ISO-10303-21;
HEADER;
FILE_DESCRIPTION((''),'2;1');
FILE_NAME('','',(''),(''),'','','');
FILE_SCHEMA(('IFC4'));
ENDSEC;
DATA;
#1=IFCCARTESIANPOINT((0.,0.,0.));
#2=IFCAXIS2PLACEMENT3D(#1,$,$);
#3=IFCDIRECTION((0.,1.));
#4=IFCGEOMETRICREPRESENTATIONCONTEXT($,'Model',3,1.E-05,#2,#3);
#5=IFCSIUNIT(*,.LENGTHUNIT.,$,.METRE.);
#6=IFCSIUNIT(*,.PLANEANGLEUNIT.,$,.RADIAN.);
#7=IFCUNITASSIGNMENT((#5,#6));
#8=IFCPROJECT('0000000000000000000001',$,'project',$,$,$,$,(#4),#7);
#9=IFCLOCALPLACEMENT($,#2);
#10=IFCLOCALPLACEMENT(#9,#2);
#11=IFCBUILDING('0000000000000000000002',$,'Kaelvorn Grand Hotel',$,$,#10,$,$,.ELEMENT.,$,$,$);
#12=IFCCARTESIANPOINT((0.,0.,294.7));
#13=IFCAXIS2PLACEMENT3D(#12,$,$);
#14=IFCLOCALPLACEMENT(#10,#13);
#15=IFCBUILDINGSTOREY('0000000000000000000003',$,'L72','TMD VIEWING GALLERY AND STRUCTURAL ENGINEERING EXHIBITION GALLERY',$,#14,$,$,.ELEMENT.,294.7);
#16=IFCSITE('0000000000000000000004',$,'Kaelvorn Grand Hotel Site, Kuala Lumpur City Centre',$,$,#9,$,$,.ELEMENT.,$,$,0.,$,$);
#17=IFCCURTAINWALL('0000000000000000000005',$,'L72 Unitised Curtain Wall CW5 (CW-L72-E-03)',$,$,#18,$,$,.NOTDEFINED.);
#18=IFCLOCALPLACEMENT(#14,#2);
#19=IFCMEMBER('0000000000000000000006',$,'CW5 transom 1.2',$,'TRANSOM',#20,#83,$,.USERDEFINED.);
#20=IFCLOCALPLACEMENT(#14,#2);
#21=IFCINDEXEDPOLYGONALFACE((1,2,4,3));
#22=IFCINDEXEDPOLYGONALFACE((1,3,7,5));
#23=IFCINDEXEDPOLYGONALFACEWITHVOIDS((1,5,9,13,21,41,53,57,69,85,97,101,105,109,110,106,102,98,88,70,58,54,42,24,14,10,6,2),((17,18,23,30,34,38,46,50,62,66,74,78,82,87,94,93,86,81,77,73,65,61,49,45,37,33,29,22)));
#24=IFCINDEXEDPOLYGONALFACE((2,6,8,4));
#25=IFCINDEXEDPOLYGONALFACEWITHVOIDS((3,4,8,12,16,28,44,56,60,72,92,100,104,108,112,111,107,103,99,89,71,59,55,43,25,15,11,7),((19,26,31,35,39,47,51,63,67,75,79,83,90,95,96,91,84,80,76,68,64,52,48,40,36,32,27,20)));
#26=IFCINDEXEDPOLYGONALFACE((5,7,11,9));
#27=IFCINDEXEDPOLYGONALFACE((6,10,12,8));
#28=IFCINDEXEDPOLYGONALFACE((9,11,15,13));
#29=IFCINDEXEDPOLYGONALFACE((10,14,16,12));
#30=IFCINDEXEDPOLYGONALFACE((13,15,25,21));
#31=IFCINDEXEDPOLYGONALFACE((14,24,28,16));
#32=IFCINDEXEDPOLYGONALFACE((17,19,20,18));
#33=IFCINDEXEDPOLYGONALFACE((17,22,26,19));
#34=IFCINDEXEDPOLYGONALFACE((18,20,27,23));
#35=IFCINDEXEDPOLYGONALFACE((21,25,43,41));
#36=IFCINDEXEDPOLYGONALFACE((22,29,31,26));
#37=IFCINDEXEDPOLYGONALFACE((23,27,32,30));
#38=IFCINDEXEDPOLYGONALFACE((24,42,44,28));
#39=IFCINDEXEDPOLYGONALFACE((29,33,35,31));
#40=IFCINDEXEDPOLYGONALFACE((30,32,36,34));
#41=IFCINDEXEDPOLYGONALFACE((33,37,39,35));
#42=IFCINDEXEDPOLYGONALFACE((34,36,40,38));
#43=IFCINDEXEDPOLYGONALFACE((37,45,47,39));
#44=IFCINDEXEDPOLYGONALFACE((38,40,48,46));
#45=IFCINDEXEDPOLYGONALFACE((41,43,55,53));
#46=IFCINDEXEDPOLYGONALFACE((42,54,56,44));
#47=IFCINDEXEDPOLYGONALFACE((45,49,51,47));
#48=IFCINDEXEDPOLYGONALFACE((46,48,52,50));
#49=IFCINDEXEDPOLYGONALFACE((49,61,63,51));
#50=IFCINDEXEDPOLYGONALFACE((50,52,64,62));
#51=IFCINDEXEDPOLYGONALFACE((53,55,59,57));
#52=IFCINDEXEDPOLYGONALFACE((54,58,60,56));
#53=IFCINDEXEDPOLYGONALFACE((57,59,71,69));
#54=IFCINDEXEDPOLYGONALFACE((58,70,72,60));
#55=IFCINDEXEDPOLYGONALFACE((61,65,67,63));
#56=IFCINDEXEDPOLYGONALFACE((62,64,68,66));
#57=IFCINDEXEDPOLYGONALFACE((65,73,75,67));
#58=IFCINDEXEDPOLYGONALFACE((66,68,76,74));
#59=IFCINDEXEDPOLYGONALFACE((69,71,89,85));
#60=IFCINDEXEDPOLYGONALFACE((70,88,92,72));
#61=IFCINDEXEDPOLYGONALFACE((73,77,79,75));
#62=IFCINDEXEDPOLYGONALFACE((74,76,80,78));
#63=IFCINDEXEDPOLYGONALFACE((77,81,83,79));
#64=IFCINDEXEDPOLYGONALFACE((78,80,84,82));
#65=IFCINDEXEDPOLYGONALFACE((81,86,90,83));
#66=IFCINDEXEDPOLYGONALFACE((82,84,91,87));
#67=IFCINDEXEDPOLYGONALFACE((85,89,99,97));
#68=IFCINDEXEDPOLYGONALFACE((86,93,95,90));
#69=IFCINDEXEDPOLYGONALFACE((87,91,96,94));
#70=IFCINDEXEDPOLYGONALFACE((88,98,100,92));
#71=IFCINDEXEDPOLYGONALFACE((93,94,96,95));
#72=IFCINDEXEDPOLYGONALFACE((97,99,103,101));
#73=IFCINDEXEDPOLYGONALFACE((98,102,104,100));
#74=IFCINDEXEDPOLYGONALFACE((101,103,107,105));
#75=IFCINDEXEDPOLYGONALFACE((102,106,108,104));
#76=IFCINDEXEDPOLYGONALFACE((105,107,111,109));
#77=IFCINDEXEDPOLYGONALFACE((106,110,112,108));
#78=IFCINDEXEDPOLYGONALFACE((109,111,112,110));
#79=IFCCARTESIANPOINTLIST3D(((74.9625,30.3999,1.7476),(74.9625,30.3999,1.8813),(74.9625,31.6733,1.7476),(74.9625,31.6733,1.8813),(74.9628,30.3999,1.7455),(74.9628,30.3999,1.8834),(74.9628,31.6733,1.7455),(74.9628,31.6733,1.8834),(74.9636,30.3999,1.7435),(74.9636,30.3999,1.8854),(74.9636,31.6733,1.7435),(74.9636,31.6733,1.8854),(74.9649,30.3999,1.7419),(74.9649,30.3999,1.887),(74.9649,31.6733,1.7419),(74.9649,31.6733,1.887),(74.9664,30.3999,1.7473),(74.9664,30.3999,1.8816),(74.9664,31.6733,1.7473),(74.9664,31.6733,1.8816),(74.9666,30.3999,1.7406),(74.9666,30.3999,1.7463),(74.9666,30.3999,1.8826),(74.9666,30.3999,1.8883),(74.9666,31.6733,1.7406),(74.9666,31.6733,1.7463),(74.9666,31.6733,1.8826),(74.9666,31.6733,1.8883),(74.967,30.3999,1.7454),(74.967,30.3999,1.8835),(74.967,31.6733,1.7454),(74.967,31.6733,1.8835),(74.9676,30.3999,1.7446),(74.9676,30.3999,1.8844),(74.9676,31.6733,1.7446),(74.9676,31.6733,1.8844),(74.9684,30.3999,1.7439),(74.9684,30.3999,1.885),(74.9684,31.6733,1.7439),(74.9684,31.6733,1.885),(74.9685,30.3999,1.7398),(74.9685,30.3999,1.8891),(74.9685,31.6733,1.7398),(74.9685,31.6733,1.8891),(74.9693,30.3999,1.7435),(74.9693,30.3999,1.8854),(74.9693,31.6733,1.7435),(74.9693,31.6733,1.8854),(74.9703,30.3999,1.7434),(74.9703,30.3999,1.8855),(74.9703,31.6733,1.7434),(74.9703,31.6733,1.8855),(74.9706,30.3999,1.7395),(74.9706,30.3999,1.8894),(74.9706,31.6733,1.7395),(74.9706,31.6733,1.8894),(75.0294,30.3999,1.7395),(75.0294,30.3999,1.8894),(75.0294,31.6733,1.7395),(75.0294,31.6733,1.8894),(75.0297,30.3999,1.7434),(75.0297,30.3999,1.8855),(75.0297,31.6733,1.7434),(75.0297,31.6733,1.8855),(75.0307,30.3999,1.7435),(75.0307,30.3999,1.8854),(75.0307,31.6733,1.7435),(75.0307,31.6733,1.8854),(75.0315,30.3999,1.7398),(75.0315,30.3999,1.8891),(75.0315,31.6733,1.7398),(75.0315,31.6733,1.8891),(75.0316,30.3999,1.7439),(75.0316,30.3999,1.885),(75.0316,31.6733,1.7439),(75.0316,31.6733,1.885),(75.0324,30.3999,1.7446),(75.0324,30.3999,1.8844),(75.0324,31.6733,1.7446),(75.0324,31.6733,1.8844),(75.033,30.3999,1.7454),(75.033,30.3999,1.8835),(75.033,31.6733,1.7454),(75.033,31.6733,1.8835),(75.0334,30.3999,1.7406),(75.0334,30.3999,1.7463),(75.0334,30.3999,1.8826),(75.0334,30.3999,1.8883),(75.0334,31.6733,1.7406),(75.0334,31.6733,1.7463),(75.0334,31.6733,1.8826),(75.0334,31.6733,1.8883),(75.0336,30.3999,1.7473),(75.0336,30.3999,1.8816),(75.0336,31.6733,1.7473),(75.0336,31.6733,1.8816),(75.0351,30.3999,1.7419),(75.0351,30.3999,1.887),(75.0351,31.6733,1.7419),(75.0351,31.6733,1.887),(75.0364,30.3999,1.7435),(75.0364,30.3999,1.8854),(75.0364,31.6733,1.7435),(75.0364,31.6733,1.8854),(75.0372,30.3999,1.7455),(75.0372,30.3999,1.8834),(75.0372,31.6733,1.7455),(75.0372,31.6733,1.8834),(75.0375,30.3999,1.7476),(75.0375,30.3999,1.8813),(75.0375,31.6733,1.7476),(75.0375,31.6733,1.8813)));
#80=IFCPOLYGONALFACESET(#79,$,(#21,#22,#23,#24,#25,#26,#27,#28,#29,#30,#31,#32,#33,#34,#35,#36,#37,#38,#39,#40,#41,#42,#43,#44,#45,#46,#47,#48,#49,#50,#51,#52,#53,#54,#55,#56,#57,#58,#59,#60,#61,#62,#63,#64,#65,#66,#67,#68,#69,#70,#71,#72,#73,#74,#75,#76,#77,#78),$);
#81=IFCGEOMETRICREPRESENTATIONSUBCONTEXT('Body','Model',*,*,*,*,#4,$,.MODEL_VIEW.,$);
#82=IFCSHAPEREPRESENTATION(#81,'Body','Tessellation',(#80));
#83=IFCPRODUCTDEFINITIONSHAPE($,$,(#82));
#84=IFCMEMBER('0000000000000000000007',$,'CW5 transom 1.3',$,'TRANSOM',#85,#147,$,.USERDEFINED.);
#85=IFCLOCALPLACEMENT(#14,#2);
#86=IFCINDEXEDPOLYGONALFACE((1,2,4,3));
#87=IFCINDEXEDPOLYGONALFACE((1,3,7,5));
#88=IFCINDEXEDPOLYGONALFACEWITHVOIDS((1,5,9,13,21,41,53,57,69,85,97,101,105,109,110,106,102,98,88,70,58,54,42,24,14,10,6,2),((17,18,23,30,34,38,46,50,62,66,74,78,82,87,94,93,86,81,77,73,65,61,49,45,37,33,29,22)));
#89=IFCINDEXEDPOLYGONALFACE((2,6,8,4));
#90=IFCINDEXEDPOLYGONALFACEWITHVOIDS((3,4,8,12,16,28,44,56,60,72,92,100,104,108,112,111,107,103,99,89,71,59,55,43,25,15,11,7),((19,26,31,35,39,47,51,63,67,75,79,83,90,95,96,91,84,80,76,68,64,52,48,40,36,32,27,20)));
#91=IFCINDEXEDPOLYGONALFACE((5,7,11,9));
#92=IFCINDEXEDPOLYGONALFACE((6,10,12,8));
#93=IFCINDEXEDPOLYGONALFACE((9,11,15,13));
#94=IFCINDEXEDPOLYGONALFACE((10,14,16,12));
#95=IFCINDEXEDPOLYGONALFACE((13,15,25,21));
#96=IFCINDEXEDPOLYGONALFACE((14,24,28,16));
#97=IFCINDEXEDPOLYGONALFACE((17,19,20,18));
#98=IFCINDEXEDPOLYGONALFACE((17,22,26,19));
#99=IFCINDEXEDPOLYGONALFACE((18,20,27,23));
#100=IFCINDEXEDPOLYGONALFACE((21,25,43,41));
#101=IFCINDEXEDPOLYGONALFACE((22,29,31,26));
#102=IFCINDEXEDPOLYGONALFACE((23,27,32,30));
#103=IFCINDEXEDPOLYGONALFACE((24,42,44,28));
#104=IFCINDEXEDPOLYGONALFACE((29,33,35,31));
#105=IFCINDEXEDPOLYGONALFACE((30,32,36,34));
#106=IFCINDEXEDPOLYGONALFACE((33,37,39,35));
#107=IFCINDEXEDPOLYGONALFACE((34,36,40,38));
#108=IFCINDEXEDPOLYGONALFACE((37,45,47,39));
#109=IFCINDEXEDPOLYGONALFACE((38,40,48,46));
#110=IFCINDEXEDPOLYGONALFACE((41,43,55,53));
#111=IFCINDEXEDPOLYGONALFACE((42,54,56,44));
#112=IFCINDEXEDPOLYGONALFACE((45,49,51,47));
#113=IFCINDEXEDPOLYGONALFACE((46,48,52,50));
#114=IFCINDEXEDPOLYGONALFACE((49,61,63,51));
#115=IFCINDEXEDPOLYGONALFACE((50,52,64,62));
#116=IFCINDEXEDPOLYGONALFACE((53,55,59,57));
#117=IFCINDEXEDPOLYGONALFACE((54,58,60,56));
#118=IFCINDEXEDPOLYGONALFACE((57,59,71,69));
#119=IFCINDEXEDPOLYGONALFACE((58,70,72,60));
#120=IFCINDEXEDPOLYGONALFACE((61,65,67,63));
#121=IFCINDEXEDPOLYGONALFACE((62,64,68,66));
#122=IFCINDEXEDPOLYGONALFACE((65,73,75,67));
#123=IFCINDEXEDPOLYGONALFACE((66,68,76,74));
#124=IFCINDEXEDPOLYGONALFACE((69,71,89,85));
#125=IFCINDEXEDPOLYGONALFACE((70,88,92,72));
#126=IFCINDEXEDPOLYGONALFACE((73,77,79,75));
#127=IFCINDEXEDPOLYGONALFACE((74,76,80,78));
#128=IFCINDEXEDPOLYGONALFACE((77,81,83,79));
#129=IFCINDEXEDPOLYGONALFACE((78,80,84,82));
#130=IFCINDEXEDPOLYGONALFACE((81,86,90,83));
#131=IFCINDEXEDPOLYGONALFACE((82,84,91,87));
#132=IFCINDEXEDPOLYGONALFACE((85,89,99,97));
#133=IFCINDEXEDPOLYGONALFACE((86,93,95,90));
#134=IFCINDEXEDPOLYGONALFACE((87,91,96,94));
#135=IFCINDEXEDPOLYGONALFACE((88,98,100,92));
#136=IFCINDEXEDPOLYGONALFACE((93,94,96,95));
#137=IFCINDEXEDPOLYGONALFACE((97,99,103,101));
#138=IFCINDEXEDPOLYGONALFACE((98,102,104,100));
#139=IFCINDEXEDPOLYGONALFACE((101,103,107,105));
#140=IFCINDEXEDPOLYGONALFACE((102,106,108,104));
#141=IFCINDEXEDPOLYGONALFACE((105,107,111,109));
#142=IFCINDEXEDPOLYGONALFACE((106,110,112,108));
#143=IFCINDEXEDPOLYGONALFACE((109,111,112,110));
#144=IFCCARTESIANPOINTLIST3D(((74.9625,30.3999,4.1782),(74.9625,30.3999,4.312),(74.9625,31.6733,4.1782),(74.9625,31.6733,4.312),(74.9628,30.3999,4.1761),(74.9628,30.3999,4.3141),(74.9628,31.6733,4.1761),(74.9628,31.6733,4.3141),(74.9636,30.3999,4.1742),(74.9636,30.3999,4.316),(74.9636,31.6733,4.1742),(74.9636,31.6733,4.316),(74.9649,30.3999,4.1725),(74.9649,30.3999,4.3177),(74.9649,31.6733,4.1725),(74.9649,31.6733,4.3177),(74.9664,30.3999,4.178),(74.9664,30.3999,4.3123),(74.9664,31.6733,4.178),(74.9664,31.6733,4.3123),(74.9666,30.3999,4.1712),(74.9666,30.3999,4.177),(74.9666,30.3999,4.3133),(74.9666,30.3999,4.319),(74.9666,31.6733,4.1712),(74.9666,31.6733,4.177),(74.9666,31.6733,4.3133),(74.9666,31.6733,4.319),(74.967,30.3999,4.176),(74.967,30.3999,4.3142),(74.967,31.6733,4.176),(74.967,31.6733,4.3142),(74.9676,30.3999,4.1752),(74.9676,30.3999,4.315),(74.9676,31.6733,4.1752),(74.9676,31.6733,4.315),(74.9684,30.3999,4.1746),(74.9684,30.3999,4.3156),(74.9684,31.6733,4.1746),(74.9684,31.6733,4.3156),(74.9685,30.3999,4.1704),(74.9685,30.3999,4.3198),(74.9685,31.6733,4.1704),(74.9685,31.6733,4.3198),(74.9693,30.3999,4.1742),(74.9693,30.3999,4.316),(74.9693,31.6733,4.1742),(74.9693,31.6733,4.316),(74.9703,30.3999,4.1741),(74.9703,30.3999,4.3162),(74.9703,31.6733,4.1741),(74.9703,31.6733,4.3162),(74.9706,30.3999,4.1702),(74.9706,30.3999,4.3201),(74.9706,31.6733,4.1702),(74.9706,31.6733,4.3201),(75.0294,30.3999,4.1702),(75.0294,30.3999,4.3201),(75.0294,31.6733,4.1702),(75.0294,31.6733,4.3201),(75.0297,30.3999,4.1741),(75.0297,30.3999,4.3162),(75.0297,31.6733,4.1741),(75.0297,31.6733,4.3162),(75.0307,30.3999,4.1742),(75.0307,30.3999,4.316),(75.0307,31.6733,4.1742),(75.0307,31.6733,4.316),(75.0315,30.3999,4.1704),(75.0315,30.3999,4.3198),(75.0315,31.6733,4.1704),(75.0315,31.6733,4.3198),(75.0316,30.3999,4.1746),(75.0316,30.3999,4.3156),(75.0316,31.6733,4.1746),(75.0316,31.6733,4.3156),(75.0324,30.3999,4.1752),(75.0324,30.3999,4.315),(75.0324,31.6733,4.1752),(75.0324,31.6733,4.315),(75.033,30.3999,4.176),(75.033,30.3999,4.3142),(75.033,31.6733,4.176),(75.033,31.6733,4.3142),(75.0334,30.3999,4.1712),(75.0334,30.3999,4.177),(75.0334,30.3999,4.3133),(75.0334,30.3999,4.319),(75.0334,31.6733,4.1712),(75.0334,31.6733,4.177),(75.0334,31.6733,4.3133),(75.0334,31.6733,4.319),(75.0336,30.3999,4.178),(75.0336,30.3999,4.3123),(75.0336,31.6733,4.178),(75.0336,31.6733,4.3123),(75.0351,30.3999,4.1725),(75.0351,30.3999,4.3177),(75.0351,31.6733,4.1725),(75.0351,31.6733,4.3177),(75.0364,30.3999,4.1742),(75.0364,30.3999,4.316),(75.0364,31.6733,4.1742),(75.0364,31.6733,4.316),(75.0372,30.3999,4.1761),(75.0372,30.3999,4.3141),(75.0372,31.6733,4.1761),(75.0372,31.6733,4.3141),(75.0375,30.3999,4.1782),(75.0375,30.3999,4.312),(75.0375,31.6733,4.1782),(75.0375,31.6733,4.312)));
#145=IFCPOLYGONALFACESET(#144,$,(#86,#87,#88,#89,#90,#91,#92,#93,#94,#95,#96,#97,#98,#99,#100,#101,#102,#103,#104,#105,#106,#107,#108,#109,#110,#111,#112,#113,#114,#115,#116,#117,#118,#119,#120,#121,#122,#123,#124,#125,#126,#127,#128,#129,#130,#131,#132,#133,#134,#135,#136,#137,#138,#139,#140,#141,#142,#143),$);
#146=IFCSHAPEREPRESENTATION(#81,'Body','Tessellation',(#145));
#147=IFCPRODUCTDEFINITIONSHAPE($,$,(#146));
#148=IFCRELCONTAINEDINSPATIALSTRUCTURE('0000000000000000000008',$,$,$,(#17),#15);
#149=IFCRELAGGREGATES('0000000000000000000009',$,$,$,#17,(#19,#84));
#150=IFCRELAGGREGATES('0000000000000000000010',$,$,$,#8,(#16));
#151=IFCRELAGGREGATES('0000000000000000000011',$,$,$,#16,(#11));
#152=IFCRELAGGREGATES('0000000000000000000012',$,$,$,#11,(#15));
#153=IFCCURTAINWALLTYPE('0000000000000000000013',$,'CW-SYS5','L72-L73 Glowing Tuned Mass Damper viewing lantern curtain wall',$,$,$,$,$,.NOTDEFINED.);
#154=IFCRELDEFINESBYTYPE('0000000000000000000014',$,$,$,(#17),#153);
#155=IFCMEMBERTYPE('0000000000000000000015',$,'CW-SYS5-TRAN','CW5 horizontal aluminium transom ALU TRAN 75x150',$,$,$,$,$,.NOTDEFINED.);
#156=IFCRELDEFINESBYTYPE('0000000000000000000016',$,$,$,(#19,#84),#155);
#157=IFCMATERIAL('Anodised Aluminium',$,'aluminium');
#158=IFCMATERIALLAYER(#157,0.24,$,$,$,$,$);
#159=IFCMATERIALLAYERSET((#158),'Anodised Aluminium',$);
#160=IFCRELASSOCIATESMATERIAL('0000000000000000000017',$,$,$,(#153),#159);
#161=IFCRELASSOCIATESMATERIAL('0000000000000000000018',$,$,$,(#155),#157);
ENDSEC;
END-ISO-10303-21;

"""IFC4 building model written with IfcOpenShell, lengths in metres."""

from ifc_helpers import new_model, si_unit, direction, frame, origin, origin_2d, place, context, subcontext, project, spatial, hollow_rectangle, extrude, material, layer, layer_set, material_profile, profile_set, type_object, element, aggregate, save


model = new_model("IFC4")

# Units and contexts
model_context = context("Model", 3, precision=1e-05, world=origin(), true_north=direction((0.0, 1.0)))
body_context = subcontext(model_context, "Body", "Model", "MODEL_VIEW")
ifc_project = project(units=[si_unit("LENGTHUNIT", "METRE"), si_unit("PLANEANGLEUNIT", "RADIAN")], contexts=[model_context])

# Site, building, storey
site_placement = place(None, origin())
site = spatial("IfcSite", under=ifc_project, at=site_placement, Name="Kaelvorn Grand Hotel Site, Kuala Lumpur City Centre", CompositionType="ELEMENT", RefElevation=0.0)
building_placement = place(site_placement, origin())
building = spatial("IfcBuilding", under=site, at=building_placement, Name="Kaelvorn Grand Hotel", CompositionType="ELEMENT")
storey_placement = place(building_placement, frame((0.0, 0.0, 294.7)))
storey = spatial("IfcBuildingStorey", under=building, at=storey_placement, Name="L72", Description="TMD VIEWING GALLERY AND STRUCTURAL ENGINEERING EXHIBITION GALLERY", CompositionType="ELEMENT", Elevation=294.7)

# Shared definitions
ifc_material_1 = material(Name="Anodised Aluminium", Category="aluminium")
ifc_layer_1 = layer(ifc_material_1, 0.24)
ifc_layer_set_1 = layer_set([ifc_layer_1], Name="Anodised Aluminium")
curtain_wall_type = type_object("IfcCurtainWallType", Name="CW-SYS5", Description="L72-L73 Glowing Tuned Mass Damper viewing lantern curtain wall", PredefinedType="NOTDEFINED", material=ifc_layer_set_1)

# Curtain wall, members
curtain_wall_1_placement = place(storey_placement, origin())
curtain_wall_1 = element("IfcCurtainWall", 1, at=curtain_wall_1_placement, inside=storey, type_object=curtain_wall_type, Name="L72 Unitised Curtain Wall CW5 (CW-L72-E-03)", PredefinedType="NOTDEFINED")
ifc_material_profile_1 = material_profile(ifc_material_1, hollow_rectangle(XDim=0.075, YDim=0.1499, WallThickness=0.0039, InnerFilletRadius=0.0039, OuterFilletRadius=0.0081, at=origin_2d()), Name="ALU TRAN 75x150")
ifc_profile_set_1 = profile_set([ifc_material_profile_1], Name="Anodised Aluminium")
member_type_1 = type_object("IfcMemberType", Name="CW-SYS5-TRAN", Description="CW5 horizontal aluminium transom ALU TRAN 75x150", PredefinedType="NOTDEFINED", material=ifc_profile_set_1)
member_1_placement = place(storey_placement, frame((75.0, 30.3999, 1.8145), z_axis=(0.0, 1.0, 0.0), x_axis=(-1.0, 0.0, 0.0)))
member_1 = element("IfcMember", 2, at=member_1_placement, type_object=member_type_1, Name="CW5 transom 1.2", ObjectType="TRANSOM", PredefinedType="USERDEFINED", context=body_context, shape_type="SweptSolid", body=[
    extrude(hollow_rectangle(XDim=0.075, YDim=0.1499, WallThickness=0.0039, InnerFilletRadius=0.0039, OuterFilletRadius=0.0081, at=origin_2d()), origin(), (0.0, 0.0, 1.0), 1.2734),
])
member_2_placement = place(storey_placement, frame((75.0, 30.3999, 4.2451), z_axis=(0.0, 1.0, 0.0), x_axis=(-1.0, 0.0, 0.0)))
member_2 = element("IfcMember", 3, at=member_2_placement, type_object=member_type_1, Name="CW5 transom 1.3", ObjectType="TRANSOM", PredefinedType="USERDEFINED", context=body_context, shape_type="SweptSolid", body=[
    extrude(hollow_rectangle(XDim=0.075, YDim=0.1499, WallThickness=0.0039, InnerFilletRadius=0.0039, OuterFilletRadius=0.0081, at=origin_2d()), origin(), (0.0, 0.0, 1.0), 1.2734),
])

aggregate(curtain_wall_1, [member_1, member_2])

save(model, "model.ifc")
